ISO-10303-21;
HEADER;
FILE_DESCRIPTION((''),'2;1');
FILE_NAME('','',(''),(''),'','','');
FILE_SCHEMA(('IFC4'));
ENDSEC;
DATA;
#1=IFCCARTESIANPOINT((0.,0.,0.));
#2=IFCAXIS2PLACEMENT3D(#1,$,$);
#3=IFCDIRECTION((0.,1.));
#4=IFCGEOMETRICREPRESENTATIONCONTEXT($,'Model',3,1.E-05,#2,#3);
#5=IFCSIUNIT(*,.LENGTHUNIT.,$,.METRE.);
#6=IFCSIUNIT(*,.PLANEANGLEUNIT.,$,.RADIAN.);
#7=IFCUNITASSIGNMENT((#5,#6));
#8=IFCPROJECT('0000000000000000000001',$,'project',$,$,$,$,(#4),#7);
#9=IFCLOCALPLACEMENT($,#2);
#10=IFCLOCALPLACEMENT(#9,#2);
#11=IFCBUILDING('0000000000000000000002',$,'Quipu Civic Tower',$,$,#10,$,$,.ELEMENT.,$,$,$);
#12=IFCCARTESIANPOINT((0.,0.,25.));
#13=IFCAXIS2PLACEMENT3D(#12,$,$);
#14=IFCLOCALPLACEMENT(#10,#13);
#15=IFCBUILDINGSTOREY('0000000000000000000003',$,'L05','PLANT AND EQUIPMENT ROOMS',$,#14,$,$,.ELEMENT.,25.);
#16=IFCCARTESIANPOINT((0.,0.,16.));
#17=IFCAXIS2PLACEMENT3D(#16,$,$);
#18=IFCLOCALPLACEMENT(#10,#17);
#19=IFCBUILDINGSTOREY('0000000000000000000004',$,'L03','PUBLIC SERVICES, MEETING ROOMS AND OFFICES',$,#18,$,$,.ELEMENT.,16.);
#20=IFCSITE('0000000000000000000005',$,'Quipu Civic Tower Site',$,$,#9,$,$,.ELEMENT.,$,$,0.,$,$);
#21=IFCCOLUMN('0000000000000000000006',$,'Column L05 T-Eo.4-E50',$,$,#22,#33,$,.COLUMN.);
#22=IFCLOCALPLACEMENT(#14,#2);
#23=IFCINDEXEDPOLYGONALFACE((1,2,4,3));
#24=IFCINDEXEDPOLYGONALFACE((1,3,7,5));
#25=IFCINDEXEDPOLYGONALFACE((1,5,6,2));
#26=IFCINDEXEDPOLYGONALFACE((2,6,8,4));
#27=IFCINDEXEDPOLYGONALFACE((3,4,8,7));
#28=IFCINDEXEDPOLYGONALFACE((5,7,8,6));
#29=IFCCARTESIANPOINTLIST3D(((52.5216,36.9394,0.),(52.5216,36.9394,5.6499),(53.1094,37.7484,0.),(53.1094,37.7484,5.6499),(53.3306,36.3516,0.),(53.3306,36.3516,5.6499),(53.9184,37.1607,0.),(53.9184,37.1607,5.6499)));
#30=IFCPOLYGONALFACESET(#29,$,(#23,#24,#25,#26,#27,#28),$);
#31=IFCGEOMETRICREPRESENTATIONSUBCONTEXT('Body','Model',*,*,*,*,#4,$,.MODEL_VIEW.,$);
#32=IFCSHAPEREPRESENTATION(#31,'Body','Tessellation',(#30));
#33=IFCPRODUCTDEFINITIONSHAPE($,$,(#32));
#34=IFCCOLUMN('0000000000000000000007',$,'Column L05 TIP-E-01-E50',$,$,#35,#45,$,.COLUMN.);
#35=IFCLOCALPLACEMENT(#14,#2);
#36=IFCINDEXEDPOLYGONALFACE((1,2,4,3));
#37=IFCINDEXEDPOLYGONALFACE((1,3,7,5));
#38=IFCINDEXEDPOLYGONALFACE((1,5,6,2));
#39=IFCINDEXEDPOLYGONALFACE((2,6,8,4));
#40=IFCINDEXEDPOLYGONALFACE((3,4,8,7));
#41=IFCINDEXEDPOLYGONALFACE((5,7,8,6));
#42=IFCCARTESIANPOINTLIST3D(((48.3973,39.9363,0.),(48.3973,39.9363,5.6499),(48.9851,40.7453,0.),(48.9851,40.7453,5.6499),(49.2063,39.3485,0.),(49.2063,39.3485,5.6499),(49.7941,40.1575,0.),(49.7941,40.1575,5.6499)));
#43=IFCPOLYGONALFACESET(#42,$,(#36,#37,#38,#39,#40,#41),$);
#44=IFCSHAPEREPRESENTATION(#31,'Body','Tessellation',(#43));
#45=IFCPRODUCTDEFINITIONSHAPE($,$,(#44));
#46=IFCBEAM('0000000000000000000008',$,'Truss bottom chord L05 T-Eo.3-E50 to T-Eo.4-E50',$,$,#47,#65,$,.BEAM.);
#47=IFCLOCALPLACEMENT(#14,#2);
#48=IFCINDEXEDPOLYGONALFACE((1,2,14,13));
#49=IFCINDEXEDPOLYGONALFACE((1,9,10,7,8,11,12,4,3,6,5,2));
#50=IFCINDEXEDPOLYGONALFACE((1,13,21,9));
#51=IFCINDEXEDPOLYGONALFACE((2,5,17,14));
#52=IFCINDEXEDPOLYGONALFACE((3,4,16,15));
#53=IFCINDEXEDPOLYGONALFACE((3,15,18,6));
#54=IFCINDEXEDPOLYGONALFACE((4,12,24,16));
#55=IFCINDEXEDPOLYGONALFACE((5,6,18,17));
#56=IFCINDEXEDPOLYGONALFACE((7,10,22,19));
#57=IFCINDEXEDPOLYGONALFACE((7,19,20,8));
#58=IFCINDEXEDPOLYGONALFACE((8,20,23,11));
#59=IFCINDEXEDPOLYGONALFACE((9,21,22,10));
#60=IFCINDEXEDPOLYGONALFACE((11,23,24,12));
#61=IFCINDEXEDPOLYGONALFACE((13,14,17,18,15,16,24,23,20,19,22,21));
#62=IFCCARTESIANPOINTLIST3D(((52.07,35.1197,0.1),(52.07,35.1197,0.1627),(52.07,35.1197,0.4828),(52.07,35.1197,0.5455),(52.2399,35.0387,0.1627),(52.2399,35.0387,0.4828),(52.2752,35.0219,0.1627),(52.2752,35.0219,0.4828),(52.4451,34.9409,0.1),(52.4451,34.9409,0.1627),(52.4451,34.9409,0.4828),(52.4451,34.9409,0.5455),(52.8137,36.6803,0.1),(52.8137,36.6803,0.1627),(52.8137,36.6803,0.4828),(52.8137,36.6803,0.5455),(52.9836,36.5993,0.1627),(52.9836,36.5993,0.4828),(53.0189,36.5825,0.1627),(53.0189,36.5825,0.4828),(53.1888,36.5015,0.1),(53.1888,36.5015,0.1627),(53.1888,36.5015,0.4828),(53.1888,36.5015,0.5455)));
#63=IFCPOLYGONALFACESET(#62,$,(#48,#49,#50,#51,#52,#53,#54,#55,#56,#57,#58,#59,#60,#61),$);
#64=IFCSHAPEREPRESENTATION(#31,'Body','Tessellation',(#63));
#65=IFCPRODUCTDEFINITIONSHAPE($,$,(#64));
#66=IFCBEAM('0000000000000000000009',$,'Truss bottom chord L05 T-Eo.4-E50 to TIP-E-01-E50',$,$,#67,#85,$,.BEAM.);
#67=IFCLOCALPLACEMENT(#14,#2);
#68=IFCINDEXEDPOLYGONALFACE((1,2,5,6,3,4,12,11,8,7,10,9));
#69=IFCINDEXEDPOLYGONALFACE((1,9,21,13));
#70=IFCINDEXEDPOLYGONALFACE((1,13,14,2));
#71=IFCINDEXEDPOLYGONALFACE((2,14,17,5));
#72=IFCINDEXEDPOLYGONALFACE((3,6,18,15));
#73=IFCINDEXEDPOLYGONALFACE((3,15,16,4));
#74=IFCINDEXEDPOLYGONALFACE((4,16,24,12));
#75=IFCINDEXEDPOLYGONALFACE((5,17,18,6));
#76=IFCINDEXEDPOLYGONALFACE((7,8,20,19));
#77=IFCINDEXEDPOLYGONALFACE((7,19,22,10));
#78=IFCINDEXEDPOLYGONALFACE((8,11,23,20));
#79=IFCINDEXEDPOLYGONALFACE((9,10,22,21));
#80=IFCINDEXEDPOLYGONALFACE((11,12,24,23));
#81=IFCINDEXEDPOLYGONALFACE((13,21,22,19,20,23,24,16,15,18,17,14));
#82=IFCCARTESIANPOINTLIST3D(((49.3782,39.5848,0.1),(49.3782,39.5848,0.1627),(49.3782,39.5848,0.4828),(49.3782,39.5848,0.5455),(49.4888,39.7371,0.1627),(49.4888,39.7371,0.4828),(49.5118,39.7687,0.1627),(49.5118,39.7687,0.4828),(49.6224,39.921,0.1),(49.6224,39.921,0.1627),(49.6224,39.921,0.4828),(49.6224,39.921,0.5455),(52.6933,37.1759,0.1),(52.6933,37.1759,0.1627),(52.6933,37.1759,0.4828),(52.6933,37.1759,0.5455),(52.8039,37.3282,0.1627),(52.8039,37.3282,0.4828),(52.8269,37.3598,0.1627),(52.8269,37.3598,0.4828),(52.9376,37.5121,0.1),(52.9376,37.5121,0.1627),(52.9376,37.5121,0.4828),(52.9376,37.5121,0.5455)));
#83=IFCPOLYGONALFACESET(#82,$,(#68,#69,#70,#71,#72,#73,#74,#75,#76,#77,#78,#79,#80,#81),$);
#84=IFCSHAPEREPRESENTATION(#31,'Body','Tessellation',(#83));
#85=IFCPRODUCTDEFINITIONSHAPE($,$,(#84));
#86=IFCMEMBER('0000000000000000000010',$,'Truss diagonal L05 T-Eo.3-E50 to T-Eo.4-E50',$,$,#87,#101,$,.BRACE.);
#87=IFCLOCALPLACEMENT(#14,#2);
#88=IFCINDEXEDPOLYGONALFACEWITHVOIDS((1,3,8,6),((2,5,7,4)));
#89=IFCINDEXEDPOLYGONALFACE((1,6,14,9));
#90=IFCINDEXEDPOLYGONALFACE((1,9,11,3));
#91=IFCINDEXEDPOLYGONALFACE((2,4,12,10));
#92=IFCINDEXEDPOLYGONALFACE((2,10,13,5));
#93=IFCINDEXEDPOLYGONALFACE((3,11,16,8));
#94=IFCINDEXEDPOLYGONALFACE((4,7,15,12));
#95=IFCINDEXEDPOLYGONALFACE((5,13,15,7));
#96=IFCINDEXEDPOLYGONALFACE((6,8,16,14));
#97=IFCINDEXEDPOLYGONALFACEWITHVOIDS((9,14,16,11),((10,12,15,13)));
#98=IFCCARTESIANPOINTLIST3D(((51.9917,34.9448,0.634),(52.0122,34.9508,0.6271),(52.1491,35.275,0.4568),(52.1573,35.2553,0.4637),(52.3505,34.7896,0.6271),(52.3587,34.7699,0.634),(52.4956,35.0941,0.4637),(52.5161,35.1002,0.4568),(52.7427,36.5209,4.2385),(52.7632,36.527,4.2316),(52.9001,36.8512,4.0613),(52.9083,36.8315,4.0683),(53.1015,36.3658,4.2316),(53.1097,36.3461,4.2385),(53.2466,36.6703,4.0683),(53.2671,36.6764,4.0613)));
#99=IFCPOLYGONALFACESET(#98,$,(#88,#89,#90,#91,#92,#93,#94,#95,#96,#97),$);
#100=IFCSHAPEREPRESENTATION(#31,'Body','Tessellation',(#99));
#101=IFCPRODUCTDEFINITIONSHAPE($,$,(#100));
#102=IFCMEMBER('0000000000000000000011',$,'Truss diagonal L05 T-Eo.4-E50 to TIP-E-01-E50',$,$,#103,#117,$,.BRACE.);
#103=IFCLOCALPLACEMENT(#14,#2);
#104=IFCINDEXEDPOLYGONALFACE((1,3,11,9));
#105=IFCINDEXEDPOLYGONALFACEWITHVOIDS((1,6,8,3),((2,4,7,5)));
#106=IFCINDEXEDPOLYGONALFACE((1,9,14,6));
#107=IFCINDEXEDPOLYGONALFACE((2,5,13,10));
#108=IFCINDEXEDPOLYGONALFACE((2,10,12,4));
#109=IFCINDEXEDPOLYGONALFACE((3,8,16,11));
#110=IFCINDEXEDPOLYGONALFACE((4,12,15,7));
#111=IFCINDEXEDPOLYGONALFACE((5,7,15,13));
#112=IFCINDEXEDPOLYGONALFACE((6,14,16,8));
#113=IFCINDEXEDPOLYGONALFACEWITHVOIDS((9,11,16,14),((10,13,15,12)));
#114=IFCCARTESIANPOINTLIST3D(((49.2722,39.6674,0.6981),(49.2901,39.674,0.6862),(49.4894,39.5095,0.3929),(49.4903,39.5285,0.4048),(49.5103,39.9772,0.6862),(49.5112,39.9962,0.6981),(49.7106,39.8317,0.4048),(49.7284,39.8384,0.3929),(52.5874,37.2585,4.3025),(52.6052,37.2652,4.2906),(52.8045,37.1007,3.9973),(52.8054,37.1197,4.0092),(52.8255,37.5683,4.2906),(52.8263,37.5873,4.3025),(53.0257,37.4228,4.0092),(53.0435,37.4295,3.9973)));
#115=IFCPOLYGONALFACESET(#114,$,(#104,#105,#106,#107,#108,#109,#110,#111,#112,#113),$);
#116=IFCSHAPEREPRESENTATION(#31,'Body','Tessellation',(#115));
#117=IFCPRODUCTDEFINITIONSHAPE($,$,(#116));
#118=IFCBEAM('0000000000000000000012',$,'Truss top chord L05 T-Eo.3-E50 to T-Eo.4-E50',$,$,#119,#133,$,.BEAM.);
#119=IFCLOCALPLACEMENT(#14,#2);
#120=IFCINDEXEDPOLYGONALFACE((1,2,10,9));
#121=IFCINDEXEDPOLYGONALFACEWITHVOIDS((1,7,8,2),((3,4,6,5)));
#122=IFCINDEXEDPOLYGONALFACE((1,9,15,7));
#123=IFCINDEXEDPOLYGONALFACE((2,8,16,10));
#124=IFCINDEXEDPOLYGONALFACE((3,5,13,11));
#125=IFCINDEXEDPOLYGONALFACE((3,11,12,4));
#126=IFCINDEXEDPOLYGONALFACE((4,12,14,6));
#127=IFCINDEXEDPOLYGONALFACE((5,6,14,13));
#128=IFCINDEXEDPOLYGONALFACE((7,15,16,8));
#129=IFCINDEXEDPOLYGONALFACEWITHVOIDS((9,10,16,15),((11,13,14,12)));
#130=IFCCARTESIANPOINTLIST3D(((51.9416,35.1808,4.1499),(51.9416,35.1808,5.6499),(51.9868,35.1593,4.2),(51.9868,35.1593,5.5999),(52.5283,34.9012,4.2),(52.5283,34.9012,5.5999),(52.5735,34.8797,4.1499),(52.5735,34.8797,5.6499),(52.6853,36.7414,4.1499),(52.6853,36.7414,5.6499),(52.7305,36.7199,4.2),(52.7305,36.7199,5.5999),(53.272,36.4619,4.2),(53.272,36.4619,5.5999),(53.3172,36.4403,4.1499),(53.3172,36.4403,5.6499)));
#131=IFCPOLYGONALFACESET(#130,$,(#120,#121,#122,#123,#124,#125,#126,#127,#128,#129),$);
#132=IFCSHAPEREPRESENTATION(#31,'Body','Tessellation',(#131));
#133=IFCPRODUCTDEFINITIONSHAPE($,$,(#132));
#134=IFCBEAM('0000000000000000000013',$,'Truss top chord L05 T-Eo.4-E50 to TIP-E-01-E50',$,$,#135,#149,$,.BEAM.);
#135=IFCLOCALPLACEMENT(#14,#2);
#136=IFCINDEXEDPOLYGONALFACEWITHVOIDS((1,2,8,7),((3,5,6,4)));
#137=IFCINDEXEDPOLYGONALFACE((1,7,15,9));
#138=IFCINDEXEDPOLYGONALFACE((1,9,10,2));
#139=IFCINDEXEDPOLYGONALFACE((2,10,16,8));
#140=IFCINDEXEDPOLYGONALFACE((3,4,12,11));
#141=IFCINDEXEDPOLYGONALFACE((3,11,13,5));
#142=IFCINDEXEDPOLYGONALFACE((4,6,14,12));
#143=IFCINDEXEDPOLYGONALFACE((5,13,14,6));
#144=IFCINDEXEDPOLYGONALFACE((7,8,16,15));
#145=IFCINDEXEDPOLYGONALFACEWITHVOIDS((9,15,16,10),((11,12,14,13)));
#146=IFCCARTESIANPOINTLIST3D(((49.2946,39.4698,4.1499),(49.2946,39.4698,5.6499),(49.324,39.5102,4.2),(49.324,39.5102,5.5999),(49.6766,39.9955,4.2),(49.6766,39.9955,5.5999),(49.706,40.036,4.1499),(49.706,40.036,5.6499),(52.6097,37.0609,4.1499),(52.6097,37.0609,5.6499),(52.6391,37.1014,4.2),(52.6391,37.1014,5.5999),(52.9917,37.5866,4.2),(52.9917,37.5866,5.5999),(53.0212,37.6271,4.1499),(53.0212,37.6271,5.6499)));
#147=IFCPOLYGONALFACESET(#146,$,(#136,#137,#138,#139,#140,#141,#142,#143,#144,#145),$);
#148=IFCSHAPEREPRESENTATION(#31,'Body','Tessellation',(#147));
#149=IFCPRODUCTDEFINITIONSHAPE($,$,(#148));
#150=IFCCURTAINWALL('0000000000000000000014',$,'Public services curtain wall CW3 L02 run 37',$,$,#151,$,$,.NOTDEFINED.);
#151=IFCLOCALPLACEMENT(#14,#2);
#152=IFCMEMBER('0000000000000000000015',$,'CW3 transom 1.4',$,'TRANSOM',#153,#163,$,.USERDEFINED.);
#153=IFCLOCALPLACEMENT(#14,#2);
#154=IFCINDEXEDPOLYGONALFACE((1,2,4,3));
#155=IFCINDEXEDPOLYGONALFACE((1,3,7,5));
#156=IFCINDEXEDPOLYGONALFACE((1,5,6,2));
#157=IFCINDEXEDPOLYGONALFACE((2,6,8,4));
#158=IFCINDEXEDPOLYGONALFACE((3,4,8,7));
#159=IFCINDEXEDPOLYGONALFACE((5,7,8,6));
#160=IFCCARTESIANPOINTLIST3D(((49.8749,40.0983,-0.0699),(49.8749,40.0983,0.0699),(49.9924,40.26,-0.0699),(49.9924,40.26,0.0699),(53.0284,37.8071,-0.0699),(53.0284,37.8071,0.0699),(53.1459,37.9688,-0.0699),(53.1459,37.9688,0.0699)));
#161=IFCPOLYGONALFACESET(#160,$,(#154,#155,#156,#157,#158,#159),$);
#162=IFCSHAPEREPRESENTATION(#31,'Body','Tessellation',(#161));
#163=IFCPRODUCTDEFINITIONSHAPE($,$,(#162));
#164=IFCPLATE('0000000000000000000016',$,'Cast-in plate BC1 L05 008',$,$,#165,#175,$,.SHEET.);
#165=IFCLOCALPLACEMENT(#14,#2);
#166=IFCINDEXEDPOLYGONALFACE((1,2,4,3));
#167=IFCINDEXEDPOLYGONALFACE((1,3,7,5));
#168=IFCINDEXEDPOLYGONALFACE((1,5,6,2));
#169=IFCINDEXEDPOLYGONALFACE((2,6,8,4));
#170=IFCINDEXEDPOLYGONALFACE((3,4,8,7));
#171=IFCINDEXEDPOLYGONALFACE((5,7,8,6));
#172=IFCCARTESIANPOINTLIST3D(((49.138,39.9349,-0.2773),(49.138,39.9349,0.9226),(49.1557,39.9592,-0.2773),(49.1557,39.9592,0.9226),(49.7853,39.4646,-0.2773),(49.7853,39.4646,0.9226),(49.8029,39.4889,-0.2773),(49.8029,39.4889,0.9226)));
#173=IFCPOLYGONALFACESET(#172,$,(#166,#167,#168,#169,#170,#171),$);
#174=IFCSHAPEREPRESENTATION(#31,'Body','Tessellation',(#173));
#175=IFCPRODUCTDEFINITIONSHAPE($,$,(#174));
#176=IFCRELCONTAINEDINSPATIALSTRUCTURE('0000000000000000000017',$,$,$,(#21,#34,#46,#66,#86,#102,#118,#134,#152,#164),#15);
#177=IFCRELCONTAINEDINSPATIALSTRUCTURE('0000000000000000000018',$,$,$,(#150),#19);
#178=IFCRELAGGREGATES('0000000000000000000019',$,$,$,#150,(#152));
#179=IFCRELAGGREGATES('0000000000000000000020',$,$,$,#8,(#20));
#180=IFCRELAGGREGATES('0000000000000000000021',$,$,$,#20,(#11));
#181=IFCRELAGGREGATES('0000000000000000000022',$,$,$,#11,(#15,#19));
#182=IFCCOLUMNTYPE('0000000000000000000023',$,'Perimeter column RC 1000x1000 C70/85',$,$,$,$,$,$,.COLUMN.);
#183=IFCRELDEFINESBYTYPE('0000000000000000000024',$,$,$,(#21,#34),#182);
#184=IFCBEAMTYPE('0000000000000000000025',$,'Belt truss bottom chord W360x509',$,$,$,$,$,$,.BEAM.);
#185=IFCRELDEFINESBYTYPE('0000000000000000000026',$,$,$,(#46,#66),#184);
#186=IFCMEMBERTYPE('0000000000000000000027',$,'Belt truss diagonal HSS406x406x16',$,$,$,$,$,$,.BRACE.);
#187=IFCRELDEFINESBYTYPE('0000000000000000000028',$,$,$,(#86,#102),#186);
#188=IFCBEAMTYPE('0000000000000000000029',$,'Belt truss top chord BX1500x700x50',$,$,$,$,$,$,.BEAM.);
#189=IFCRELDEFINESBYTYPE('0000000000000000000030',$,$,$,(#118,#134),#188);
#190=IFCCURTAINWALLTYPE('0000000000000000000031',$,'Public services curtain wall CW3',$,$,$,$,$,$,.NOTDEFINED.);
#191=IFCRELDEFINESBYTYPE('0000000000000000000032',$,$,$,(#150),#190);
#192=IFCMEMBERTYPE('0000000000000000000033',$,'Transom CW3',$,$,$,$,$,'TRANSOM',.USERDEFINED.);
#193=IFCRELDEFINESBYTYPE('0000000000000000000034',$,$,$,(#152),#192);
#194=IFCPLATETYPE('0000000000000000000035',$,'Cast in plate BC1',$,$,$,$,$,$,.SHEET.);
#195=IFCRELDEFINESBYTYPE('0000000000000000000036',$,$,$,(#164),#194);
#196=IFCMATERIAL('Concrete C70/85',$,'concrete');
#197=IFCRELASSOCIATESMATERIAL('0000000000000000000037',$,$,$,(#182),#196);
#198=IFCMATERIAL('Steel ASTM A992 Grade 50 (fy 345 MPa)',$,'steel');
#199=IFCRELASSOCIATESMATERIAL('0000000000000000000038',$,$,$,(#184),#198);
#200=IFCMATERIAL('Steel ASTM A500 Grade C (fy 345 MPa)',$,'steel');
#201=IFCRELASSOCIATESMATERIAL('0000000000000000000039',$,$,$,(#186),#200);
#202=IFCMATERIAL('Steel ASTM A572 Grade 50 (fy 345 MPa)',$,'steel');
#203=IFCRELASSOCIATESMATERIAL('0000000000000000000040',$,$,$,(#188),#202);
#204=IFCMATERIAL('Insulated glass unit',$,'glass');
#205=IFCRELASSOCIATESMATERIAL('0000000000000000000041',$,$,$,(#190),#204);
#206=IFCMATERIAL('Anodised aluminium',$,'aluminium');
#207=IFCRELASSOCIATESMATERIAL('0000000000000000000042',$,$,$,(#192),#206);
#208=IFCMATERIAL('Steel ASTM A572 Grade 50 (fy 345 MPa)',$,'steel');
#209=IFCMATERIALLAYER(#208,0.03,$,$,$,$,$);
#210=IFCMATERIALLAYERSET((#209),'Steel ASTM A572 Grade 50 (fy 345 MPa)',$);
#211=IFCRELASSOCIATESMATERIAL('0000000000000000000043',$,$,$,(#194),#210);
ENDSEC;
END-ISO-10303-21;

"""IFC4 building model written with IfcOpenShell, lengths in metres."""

from ifc_helpers import new_model, si_unit, direction, frame, origin, origin_2d, place, context, subcontext, project, spatial, rectangle, hollow_rectangle, i_section, extrude, material, layer, layer_set, material_profile, profile_set, type_object, element, aggregate, save


model = new_model("IFC4")

# Units and contexts
model_context = context("Model", 3, precision=1e-05, world=origin(), true_north=direction((0.0, 1.0)))
body_context = subcontext(model_context, "Body", "Model", "MODEL_VIEW")
ifc_project = project(units=[si_unit("LENGTHUNIT", "METRE"), si_unit("PLANEANGLEUNIT", "RADIAN")], contexts=[model_context])

# Site, building, storey
site_placement = place(None, origin())
site = spatial("IfcSite", under=ifc_project, at=site_placement, Name="Quipu Civic Tower Site", CompositionType="ELEMENT", RefElevation=0.0)
building_placement = place(site_placement, origin())
building = spatial("IfcBuilding", under=site, at=building_placement, Name="Quipu Civic Tower", CompositionType="ELEMENT")
storey_1_placement = place(building_placement, frame((0.0, 0.0, 25.0)))
storey_1 = spatial("IfcBuildingStorey", under=building, at=storey_1_placement, Name="L05", Description="PLANT AND EQUIPMENT ROOMS", CompositionType="ELEMENT", Elevation=25.0)

# Columns
ifc_material_1 = material(Name="Concrete C70/85", Category="concrete")
ifc_material_profile_1 = material_profile(ifc_material_1, rectangle(XDim=1.0, YDim=1.0, at=origin_2d()), Name="RC1000x1000")
ifc_profile_set_1 = profile_set([ifc_material_profile_1], Name="Concrete C70/85")
column_type = type_object("IfcColumnType", Name="Perimeter column RC 1000x1000 C70/85", PredefinedType="COLUMN", material=ifc_profile_set_1)
for number, where, z_axis, x_axis, name in (
    (1, (53.22, 37.05, 0.0), (0.0, 0.0, 1.0), (-0.809017, 0.587785, 0.0), "Column L05 T-Eo.4-E50"),
    (2, (49.0957, 40.0469, 0.0), (0.0, 0.0, 1.0), (-0.809017, 0.587785, 0.0), "Column L05 TIP-E-01-E50"),
):
    element("IfcColumn", number, at=place(storey_1_placement, frame(where, z_axis=z_axis, x_axis=x_axis)), inside=storey_1, type_object=column_type, Name=name, PredefinedType="COLUMN", context=body_context, shape_type="SweptSolid", body=[
        extrude(rectangle(XDim=1.0, YDim=1.0, at=origin_2d()), origin(), (0.0, 0.0, 1.0), 5.6499),
    ])

# Beams
ifc_material_2 = material(Name="Steel ASTM A992 Grade 50 (fy 345 MPa)", Category="steel")
ifc_material_profile_2 = material_profile(ifc_material_2, i_section(OverallWidth=0.4155, OverallDepth=0.4456, WebThickness=0.0391, FlangeThickness=0.0627, at=origin_2d()), Name="W360x509")
ifc_profile_set_2 = profile_set([ifc_material_profile_2], Name="Steel ASTM A992 Grade 50 (fy 345 MPa)")
beam_type_1 = type_object("IfcBeamType", Name="Belt truss bottom chord W360x509", PredefinedType="BEAM", material=ifc_profile_set_2)
beam_1_placement = place(storey_1_placement, frame((52.2576, 35.0303, 0.3228), z_axis=(0.430186, 0.90274, 0.0), x_axis=(-0.90274, 0.430186, 0.0)))
element("IfcBeam", 3, at=beam_1_placement, inside=storey_1, type_object=beam_type_1, Name="Truss bottom chord L05 T-Eo.3-E50 to T-Eo.4-E50", PredefinedType="BEAM", context=body_context, shape_type="SweptSolid", body=[
    extrude(i_section(OverallWidth=0.4155, OverallDepth=0.4456, WebThickness=0.0391, FlangeThickness=0.0627, at=origin_2d()), origin(), (0.0, 0.0, 1.0), 1.7288),
])
beam_2_placement = place(storey_1_placement, frame((52.8154, 37.344, 0.3228), z_axis=(-0.808981, 0.587835, 0.0), x_axis=(-0.587835, -0.808981, 0.0)))
element("IfcBeam", 4, at=beam_2_placement, inside=storey_1, type_object=beam_type_1, Name="Truss bottom chord L05 T-Eo.4-E50 to TIP-E-01-E50", PredefinedType="BEAM", context=body_context, shape_type="SweptSolid", body=[
    extrude(i_section(OverallWidth=0.4155, OverallDepth=0.4456, WebThickness=0.0391, FlangeThickness=0.0627, at=origin_2d()), origin(), (0.0, 0.0, 1.0), 4.0979),
])

# Members
ifc_material_3 = material(Name="Steel ASTM A500 Grade C (fy 345 MPa)", Category="steel")
ifc_material_profile_3 = material_profile(ifc_material_3, hollow_rectangle(XDim=0.4065, YDim=0.4065, WallThickness=0.0159, at=origin_2d()), Name="HSS406x406x16")
ifc_profile_set_3 = profile_set([ifc_material_profile_3], Name="Steel ASTM A500 Grade C (fy 345 MPa)")
member_type_1 = type_object("IfcMemberType", Name="Belt truss diagonal HSS406x406x16", PredefinedType="BRACE", material=ifc_profile_set_3)
member_1_placement = place(storey_1_placement, frame((52.2539, 35.0225, 0.5454), z_axis=(0.187506, 0.393543, 0.899981), x_axis=(-0.902767, 0.430129, 0.0)))
element("IfcMember", 5, at=member_1_placement, inside=storey_1, type_object=member_type_1, Name="Truss diagonal L05 T-Eo.3-E50 to T-Eo.4-E50", PredefinedType="BRACE", context=body_context, shape_type="SweptSolid", body=[
    extrude(hollow_rectangle(XDim=0.4065, YDim=0.4065, WallThickness=0.0159, at=origin_2d()), origin(), (0.0, 0.0, 1.0), 4.0051),
])
member_2_placement = place(storey_1_placement, frame((52.8154, 37.344, 4.1499), z_axis=(-0.60744, 0.441388, -0.660449), x_axis=(-0.587835, -0.808981, 0.0)))
element("IfcMember", 6, at=member_2_placement, inside=storey_1, type_object=member_type_1, Name="Truss diagonal L05 T-Eo.4-E50 to TIP-E-01-E50", PredefinedType="BRACE", context=body_context, shape_type="SweptSolid", body=[
    extrude(hollow_rectangle(XDim=0.4065, YDim=0.4065, WallThickness=0.0159, at=origin_2d()), origin(), (0.0, 0.0, 1.0), 5.4575),
])

# Beams
ifc_material_4 = material(Name="Steel ASTM A572 Grade 50 (fy 345 MPa)", Category="steel")
ifc_material_profile_4 = material_profile(ifc_material_4, hollow_rectangle(XDim=0.7, YDim=1.5, WallThickness=0.05, at=origin_2d()), Name="BX1500x700x50")
ifc_profile_set_4 = profile_set([ifc_material_profile_4], Name="Steel ASTM A572 Grade 50 (fy 345 MPa)")
beam_type_2 = type_object("IfcBeamType", Name="Belt truss top chord BX1500x700x50", PredefinedType="BEAM", material=ifc_profile_set_4)
beam_3_placement = place(storey_1_placement, frame((52.2576, 35.0303, 4.8999), z_axis=(0.430186, 0.90274, 0.0), x_axis=(-0.90274, 0.430186, 0.0)))
element("IfcBeam", 7, at=beam_3_placement, inside=storey_1, type_object=beam_type_2, Name="Truss top chord L05 T-Eo.3-E50 to T-Eo.4-E50", PredefinedType="BEAM", context=body_context, shape_type="SweptSolid", body=[
    extrude(hollow_rectangle(XDim=0.7, YDim=1.5, WallThickness=0.05, at=origin_2d()), origin(), (0.0, 0.0, 1.0), 1.7288),
])
beam_4_placement = place(storey_1_placement, frame((52.8154, 37.344, 4.8999), z_axis=(-0.808981, 0.587835, 0.0), x_axis=(-0.587835, -0.808981, 0.0)))
element("IfcBeam", 8, at=beam_4_placement, inside=storey_1, type_object=beam_type_2, Name="Truss top chord L05 T-Eo.4-E50 to TIP-E-01-E50", PredefinedType="BEAM", context=body_context, shape_type="SweptSolid", body=[
    extrude(hollow_rectangle(XDim=0.7, YDim=1.5, WallThickness=0.05, at=origin_2d()), origin(), (0.0, 0.0, 1.0), 4.0979),
])

# Shared definitions
storey_2_placement = place(building_placement, frame((0.0, 0.0, 16.0)))
storey_2 = spatial("IfcBuildingStorey", under=building, at=storey_2_placement, Name="L03", Description="PUBLIC SERVICES, MEETING ROOMS AND OFFICES", CompositionType="ELEMENT", Elevation=16.0)

# Curtain wall, member
ifc_material_5 = material(Name="Insulated glass unit", Category="glass")
curtain_wall_type = type_object("IfcCurtainWallType", Name="Public services curtain wall CW3", PredefinedType="NOTDEFINED", material=ifc_material_5)
curtain_wall_placement = place(storey_2_placement, origin())
curtain_wall = element("IfcCurtainWall", 9, at=curtain_wall_placement, inside=storey_2, type_object=curtain_wall_type, Name="Public services curtain wall CW3 L02 run 37", PredefinedType="NOTDEFINED")
ifc_material_6 = material(Name="Anodised aluminium", Category="aluminium")
ifc_material_profile_5 = material_profile(ifc_material_6, rectangle(XDim=0.2, YDim=0.1399, at=origin_2d()), Name="RECT 200x140")
ifc_profile_set_5 = profile_set([ifc_material_profile_5], Name="Anodised aluminium")
member_type_2 = type_object("IfcMemberType", Name="Transom CW3", ElementType="TRANSOM", PredefinedType="USERDEFINED", material=ifc_profile_set_5)
member_3_placement = place(storey_1_placement, frame((53.0872, 37.8879, 0.0), z_axis=(-0.80901, 0.587796, 0.0), x_axis=(-0.587796, -0.80901, 0.0)))
member_3 = element("IfcMember", 10, at=member_3_placement, inside=storey_1, type_object=member_type_2, Name="CW3 transom 1.4", ObjectType="TRANSOM", PredefinedType="USERDEFINED", context=body_context, shape_type="SweptSolid", body=[
    extrude(rectangle(XDim=0.2, YDim=0.1399, at=origin_2d()), origin(), (0.0, 0.0, 1.0), 3.8979),
])
aggregate(curtain_wall, [member_3])

# Plate
ifc_material_7 = material(Name="Steel ASTM A572 Grade 50 (fy 345 MPa)", Category="steel")
ifc_layer_1 = layer(ifc_material_7, 0.03)
ifc_layer_set_1 = layer_set([ifc_layer_1], Name="Steel ASTM A572 Grade 50 (fy 345 MPa)")
plate_type_1 = type_object("IfcPlateType", Name="Cast in plate BC1", PredefinedType="SHEET", material=ifc_layer_set_1)
plate_1_placement = place(storey_1_placement, frame((49.4705, 39.7119, -0.2773), z_axis=(0.0, 0.0, 1.0), x_axis=(0.809007, -0.587799, 0.0)))
element("IfcPlate", 11, at=plate_1_placement, inside=storey_1, type_object=plate_type_1, Name="Cast-in plate BC1 L05 008", PredefinedType="SHEET", context=body_context, shape_type="SweptSolid", body=[
    extrude(rectangle(XDim=0.8, YDim=0.03, at=origin_2d()), origin(), (0.0, 0.0, 1.0), 1.2),
])

save(model, "model.ifc")
